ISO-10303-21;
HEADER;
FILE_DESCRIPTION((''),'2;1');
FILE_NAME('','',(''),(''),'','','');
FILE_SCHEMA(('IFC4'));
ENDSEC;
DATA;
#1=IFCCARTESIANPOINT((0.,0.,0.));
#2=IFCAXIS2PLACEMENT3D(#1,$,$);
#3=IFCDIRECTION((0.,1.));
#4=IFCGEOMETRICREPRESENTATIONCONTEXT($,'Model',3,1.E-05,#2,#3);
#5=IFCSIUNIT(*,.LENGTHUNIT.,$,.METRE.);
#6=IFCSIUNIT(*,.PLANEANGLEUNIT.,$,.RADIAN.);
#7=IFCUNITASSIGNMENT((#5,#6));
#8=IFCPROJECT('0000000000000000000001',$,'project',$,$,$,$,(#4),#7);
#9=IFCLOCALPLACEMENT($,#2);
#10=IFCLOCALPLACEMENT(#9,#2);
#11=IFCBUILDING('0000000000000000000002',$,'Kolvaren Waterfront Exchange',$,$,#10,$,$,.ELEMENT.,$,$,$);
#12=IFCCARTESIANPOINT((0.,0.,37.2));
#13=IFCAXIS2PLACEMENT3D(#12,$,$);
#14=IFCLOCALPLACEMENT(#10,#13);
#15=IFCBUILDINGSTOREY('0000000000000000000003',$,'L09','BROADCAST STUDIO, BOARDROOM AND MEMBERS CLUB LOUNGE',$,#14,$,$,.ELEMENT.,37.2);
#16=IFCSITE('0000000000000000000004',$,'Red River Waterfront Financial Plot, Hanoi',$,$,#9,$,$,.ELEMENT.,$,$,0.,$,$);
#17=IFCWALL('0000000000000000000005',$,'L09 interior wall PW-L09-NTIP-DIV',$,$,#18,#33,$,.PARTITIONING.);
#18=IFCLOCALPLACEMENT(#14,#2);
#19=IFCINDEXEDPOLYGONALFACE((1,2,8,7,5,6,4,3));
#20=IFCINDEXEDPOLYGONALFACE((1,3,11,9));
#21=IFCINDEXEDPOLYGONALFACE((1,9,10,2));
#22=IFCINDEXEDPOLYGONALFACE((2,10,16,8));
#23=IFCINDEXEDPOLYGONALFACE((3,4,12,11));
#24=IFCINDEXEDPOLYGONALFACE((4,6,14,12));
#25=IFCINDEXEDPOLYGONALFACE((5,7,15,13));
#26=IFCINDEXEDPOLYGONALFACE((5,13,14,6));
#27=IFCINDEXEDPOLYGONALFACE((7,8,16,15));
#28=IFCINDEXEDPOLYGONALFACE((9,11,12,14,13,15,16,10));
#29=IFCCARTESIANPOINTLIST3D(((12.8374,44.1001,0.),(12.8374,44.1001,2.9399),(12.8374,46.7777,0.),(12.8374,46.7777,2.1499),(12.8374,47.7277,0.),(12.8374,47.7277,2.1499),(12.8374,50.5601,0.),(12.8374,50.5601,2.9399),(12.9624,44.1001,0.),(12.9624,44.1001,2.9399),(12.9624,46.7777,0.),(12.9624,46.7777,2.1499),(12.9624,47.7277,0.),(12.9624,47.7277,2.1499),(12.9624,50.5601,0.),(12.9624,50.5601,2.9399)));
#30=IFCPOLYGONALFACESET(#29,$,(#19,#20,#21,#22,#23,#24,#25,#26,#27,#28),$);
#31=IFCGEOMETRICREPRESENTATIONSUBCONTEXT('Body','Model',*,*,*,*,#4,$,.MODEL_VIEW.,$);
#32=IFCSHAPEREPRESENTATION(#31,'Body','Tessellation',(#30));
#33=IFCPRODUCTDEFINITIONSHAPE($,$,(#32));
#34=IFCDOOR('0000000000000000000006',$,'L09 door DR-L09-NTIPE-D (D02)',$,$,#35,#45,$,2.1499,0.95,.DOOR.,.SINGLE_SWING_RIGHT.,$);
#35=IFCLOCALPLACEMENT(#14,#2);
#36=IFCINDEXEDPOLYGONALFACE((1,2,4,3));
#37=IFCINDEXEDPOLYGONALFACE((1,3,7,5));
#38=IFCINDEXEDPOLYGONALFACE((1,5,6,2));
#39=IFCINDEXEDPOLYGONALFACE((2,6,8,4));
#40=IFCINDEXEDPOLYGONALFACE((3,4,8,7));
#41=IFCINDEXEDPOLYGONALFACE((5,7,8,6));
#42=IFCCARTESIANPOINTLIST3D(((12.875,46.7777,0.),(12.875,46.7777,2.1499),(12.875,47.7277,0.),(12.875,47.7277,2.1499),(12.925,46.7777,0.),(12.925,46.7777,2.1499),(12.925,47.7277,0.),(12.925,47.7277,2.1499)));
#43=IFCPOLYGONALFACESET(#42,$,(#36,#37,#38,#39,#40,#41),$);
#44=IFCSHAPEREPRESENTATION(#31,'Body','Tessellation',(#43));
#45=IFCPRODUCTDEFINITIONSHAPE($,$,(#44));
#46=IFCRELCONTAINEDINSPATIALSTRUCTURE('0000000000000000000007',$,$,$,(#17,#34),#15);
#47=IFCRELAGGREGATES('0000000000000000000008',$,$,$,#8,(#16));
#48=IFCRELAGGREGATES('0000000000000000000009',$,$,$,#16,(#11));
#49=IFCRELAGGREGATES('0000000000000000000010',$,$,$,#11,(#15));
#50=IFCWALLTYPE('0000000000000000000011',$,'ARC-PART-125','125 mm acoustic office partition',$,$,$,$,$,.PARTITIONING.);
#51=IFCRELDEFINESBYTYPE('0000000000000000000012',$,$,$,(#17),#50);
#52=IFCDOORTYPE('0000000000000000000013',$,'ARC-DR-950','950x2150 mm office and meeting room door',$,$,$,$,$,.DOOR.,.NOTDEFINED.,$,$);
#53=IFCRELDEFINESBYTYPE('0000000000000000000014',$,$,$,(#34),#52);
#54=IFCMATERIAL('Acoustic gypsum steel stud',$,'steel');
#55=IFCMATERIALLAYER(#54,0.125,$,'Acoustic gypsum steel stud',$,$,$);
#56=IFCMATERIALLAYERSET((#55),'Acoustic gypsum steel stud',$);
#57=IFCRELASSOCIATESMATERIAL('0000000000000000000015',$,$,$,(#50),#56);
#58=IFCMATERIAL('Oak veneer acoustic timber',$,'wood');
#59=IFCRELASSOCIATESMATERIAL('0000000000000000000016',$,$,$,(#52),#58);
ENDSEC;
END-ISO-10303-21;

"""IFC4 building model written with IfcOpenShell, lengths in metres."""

from ifc_helpers import new_model, si_unit, direction, frame, frame_2d, origin, place, context, subcontext, project, spatial, rectangle, extrude, material, layer, layer_set, type_object, element, fill, save


model = new_model("IFC4")

# Units and contexts
model_context = context("Model", 3, precision=1e-05, world=origin(), true_north=direction((0.0, 1.0)))
body_context = subcontext(model_context, "Body", "Model", "MODEL_VIEW")
ifc_project = project(units=[si_unit("LENGTHUNIT", "METRE"), si_unit("PLANEANGLEUNIT", "RADIAN")], contexts=[model_context])

# Site, building, storey
site_placement = place(None, origin())
site = spatial("IfcSite", under=ifc_project, at=site_placement, Name="Red River Waterfront Financial Plot, Hanoi", CompositionType="ELEMENT", RefElevation=0.0)
building_placement = place(site_placement, origin())
building = spatial("IfcBuilding", under=site, at=building_placement, Name="Kolvaren Waterfront Exchange", CompositionType="ELEMENT")
storey_placement = place(building_placement, frame((0.0, 0.0, 37.2)))
storey = spatial("IfcBuildingStorey", under=building, at=storey_placement, Name="L09", Description="BROADCAST STUDIO, BOARDROOM AND MEMBERS CLUB LOUNGE", CompositionType="ELEMENT", Elevation=37.2)

# Wall, opening, door
ifc_material_1 = material(Name="Acoustic gypsum steel stud", Category="steel")
ifc_layer_1 = layer(ifc_material_1, 0.125, Name="Acoustic gypsum steel stud")
ifc_layer_set_1 = layer_set([ifc_layer_1], Name="Acoustic gypsum steel stud")
wall_type_1 = type_object("IfcWallType", Name="ARC-PART-125", Description="125 mm acoustic office partition", PredefinedType="PARTITIONING", material=ifc_layer_set_1)
wall_1_placement = place(storey_placement, frame((12.8999, 44.1001, 0.0), z_axis=(0.0, 0.0, 1.0), x_axis=(0.0, 1.0, 0.0)))
wall_1 = element("IfcWall", 1, at=wall_1_placement, inside=storey, type_object=wall_type_1, Name="L09 interior wall PW-L09-NTIP-DIV", PredefinedType="PARTITIONING", context=body_context, shape_type="SweptSolid", body=[
    extrude(rectangle(XDim=6.46, YDim=0.125, at=frame_2d((3.23, 0.0))), origin(), (0.0, 0.0, 1.0), 2.9399),
])
opening_1_placement = place(wall_1_placement, frame((2.6775, 0.0, 0.0)))
opening_1 = element("IfcOpeningElement", 2, at=opening_1_placement, cuts=wall_1, PredefinedType="OPENING", context=body_context, shape_type="SweptSolid", body=[
    extrude(rectangle(XDim=0.95, YDim=2.1499, at=frame_2d((0.4751, 1.075))), frame((0.0, 0.0725, 0.0), z_axis=(0.0, -1.0, 0.0), x_axis=(1.0, 0.0, 0.0)), (0.0, 0.0, 1.0), 0.145),
])
ifc_material_2 = material(Name="Oak veneer acoustic timber", Category="wood")
door_type_1 = type_object("IfcDoorType", Name="ARC-DR-950", Description="950x2150 mm office and meeting room door", OperationType="NOTDEFINED", PredefinedType="DOOR", material=ifc_material_2)
door_1_placement = place(opening_1_placement, origin())
door_1 = element("IfcDoor", 3, at=door_1_placement, inside=storey, type_object=door_type_1, Name="L09 door DR-L09-NTIPE-D (D02)", OperationType="SINGLE_SWING_RIGHT", OverallHeight=2.1499, OverallWidth=0.95, PredefinedType="DOOR", context=body_context, shape_type="SweptSolid", body=[
    extrude(rectangle(XDim=0.95, YDim=2.1499, at=frame_2d((0.4751, 1.075))), frame((0.0, 0.0249, 0.0), z_axis=(0.0, -1.0, 0.0), x_axis=(1.0, 0.0, 0.0)), (0.0, 0.0, 1.0), 0.05),
])
fill(opening_1, door_1)

save(model, "model.ifc")
